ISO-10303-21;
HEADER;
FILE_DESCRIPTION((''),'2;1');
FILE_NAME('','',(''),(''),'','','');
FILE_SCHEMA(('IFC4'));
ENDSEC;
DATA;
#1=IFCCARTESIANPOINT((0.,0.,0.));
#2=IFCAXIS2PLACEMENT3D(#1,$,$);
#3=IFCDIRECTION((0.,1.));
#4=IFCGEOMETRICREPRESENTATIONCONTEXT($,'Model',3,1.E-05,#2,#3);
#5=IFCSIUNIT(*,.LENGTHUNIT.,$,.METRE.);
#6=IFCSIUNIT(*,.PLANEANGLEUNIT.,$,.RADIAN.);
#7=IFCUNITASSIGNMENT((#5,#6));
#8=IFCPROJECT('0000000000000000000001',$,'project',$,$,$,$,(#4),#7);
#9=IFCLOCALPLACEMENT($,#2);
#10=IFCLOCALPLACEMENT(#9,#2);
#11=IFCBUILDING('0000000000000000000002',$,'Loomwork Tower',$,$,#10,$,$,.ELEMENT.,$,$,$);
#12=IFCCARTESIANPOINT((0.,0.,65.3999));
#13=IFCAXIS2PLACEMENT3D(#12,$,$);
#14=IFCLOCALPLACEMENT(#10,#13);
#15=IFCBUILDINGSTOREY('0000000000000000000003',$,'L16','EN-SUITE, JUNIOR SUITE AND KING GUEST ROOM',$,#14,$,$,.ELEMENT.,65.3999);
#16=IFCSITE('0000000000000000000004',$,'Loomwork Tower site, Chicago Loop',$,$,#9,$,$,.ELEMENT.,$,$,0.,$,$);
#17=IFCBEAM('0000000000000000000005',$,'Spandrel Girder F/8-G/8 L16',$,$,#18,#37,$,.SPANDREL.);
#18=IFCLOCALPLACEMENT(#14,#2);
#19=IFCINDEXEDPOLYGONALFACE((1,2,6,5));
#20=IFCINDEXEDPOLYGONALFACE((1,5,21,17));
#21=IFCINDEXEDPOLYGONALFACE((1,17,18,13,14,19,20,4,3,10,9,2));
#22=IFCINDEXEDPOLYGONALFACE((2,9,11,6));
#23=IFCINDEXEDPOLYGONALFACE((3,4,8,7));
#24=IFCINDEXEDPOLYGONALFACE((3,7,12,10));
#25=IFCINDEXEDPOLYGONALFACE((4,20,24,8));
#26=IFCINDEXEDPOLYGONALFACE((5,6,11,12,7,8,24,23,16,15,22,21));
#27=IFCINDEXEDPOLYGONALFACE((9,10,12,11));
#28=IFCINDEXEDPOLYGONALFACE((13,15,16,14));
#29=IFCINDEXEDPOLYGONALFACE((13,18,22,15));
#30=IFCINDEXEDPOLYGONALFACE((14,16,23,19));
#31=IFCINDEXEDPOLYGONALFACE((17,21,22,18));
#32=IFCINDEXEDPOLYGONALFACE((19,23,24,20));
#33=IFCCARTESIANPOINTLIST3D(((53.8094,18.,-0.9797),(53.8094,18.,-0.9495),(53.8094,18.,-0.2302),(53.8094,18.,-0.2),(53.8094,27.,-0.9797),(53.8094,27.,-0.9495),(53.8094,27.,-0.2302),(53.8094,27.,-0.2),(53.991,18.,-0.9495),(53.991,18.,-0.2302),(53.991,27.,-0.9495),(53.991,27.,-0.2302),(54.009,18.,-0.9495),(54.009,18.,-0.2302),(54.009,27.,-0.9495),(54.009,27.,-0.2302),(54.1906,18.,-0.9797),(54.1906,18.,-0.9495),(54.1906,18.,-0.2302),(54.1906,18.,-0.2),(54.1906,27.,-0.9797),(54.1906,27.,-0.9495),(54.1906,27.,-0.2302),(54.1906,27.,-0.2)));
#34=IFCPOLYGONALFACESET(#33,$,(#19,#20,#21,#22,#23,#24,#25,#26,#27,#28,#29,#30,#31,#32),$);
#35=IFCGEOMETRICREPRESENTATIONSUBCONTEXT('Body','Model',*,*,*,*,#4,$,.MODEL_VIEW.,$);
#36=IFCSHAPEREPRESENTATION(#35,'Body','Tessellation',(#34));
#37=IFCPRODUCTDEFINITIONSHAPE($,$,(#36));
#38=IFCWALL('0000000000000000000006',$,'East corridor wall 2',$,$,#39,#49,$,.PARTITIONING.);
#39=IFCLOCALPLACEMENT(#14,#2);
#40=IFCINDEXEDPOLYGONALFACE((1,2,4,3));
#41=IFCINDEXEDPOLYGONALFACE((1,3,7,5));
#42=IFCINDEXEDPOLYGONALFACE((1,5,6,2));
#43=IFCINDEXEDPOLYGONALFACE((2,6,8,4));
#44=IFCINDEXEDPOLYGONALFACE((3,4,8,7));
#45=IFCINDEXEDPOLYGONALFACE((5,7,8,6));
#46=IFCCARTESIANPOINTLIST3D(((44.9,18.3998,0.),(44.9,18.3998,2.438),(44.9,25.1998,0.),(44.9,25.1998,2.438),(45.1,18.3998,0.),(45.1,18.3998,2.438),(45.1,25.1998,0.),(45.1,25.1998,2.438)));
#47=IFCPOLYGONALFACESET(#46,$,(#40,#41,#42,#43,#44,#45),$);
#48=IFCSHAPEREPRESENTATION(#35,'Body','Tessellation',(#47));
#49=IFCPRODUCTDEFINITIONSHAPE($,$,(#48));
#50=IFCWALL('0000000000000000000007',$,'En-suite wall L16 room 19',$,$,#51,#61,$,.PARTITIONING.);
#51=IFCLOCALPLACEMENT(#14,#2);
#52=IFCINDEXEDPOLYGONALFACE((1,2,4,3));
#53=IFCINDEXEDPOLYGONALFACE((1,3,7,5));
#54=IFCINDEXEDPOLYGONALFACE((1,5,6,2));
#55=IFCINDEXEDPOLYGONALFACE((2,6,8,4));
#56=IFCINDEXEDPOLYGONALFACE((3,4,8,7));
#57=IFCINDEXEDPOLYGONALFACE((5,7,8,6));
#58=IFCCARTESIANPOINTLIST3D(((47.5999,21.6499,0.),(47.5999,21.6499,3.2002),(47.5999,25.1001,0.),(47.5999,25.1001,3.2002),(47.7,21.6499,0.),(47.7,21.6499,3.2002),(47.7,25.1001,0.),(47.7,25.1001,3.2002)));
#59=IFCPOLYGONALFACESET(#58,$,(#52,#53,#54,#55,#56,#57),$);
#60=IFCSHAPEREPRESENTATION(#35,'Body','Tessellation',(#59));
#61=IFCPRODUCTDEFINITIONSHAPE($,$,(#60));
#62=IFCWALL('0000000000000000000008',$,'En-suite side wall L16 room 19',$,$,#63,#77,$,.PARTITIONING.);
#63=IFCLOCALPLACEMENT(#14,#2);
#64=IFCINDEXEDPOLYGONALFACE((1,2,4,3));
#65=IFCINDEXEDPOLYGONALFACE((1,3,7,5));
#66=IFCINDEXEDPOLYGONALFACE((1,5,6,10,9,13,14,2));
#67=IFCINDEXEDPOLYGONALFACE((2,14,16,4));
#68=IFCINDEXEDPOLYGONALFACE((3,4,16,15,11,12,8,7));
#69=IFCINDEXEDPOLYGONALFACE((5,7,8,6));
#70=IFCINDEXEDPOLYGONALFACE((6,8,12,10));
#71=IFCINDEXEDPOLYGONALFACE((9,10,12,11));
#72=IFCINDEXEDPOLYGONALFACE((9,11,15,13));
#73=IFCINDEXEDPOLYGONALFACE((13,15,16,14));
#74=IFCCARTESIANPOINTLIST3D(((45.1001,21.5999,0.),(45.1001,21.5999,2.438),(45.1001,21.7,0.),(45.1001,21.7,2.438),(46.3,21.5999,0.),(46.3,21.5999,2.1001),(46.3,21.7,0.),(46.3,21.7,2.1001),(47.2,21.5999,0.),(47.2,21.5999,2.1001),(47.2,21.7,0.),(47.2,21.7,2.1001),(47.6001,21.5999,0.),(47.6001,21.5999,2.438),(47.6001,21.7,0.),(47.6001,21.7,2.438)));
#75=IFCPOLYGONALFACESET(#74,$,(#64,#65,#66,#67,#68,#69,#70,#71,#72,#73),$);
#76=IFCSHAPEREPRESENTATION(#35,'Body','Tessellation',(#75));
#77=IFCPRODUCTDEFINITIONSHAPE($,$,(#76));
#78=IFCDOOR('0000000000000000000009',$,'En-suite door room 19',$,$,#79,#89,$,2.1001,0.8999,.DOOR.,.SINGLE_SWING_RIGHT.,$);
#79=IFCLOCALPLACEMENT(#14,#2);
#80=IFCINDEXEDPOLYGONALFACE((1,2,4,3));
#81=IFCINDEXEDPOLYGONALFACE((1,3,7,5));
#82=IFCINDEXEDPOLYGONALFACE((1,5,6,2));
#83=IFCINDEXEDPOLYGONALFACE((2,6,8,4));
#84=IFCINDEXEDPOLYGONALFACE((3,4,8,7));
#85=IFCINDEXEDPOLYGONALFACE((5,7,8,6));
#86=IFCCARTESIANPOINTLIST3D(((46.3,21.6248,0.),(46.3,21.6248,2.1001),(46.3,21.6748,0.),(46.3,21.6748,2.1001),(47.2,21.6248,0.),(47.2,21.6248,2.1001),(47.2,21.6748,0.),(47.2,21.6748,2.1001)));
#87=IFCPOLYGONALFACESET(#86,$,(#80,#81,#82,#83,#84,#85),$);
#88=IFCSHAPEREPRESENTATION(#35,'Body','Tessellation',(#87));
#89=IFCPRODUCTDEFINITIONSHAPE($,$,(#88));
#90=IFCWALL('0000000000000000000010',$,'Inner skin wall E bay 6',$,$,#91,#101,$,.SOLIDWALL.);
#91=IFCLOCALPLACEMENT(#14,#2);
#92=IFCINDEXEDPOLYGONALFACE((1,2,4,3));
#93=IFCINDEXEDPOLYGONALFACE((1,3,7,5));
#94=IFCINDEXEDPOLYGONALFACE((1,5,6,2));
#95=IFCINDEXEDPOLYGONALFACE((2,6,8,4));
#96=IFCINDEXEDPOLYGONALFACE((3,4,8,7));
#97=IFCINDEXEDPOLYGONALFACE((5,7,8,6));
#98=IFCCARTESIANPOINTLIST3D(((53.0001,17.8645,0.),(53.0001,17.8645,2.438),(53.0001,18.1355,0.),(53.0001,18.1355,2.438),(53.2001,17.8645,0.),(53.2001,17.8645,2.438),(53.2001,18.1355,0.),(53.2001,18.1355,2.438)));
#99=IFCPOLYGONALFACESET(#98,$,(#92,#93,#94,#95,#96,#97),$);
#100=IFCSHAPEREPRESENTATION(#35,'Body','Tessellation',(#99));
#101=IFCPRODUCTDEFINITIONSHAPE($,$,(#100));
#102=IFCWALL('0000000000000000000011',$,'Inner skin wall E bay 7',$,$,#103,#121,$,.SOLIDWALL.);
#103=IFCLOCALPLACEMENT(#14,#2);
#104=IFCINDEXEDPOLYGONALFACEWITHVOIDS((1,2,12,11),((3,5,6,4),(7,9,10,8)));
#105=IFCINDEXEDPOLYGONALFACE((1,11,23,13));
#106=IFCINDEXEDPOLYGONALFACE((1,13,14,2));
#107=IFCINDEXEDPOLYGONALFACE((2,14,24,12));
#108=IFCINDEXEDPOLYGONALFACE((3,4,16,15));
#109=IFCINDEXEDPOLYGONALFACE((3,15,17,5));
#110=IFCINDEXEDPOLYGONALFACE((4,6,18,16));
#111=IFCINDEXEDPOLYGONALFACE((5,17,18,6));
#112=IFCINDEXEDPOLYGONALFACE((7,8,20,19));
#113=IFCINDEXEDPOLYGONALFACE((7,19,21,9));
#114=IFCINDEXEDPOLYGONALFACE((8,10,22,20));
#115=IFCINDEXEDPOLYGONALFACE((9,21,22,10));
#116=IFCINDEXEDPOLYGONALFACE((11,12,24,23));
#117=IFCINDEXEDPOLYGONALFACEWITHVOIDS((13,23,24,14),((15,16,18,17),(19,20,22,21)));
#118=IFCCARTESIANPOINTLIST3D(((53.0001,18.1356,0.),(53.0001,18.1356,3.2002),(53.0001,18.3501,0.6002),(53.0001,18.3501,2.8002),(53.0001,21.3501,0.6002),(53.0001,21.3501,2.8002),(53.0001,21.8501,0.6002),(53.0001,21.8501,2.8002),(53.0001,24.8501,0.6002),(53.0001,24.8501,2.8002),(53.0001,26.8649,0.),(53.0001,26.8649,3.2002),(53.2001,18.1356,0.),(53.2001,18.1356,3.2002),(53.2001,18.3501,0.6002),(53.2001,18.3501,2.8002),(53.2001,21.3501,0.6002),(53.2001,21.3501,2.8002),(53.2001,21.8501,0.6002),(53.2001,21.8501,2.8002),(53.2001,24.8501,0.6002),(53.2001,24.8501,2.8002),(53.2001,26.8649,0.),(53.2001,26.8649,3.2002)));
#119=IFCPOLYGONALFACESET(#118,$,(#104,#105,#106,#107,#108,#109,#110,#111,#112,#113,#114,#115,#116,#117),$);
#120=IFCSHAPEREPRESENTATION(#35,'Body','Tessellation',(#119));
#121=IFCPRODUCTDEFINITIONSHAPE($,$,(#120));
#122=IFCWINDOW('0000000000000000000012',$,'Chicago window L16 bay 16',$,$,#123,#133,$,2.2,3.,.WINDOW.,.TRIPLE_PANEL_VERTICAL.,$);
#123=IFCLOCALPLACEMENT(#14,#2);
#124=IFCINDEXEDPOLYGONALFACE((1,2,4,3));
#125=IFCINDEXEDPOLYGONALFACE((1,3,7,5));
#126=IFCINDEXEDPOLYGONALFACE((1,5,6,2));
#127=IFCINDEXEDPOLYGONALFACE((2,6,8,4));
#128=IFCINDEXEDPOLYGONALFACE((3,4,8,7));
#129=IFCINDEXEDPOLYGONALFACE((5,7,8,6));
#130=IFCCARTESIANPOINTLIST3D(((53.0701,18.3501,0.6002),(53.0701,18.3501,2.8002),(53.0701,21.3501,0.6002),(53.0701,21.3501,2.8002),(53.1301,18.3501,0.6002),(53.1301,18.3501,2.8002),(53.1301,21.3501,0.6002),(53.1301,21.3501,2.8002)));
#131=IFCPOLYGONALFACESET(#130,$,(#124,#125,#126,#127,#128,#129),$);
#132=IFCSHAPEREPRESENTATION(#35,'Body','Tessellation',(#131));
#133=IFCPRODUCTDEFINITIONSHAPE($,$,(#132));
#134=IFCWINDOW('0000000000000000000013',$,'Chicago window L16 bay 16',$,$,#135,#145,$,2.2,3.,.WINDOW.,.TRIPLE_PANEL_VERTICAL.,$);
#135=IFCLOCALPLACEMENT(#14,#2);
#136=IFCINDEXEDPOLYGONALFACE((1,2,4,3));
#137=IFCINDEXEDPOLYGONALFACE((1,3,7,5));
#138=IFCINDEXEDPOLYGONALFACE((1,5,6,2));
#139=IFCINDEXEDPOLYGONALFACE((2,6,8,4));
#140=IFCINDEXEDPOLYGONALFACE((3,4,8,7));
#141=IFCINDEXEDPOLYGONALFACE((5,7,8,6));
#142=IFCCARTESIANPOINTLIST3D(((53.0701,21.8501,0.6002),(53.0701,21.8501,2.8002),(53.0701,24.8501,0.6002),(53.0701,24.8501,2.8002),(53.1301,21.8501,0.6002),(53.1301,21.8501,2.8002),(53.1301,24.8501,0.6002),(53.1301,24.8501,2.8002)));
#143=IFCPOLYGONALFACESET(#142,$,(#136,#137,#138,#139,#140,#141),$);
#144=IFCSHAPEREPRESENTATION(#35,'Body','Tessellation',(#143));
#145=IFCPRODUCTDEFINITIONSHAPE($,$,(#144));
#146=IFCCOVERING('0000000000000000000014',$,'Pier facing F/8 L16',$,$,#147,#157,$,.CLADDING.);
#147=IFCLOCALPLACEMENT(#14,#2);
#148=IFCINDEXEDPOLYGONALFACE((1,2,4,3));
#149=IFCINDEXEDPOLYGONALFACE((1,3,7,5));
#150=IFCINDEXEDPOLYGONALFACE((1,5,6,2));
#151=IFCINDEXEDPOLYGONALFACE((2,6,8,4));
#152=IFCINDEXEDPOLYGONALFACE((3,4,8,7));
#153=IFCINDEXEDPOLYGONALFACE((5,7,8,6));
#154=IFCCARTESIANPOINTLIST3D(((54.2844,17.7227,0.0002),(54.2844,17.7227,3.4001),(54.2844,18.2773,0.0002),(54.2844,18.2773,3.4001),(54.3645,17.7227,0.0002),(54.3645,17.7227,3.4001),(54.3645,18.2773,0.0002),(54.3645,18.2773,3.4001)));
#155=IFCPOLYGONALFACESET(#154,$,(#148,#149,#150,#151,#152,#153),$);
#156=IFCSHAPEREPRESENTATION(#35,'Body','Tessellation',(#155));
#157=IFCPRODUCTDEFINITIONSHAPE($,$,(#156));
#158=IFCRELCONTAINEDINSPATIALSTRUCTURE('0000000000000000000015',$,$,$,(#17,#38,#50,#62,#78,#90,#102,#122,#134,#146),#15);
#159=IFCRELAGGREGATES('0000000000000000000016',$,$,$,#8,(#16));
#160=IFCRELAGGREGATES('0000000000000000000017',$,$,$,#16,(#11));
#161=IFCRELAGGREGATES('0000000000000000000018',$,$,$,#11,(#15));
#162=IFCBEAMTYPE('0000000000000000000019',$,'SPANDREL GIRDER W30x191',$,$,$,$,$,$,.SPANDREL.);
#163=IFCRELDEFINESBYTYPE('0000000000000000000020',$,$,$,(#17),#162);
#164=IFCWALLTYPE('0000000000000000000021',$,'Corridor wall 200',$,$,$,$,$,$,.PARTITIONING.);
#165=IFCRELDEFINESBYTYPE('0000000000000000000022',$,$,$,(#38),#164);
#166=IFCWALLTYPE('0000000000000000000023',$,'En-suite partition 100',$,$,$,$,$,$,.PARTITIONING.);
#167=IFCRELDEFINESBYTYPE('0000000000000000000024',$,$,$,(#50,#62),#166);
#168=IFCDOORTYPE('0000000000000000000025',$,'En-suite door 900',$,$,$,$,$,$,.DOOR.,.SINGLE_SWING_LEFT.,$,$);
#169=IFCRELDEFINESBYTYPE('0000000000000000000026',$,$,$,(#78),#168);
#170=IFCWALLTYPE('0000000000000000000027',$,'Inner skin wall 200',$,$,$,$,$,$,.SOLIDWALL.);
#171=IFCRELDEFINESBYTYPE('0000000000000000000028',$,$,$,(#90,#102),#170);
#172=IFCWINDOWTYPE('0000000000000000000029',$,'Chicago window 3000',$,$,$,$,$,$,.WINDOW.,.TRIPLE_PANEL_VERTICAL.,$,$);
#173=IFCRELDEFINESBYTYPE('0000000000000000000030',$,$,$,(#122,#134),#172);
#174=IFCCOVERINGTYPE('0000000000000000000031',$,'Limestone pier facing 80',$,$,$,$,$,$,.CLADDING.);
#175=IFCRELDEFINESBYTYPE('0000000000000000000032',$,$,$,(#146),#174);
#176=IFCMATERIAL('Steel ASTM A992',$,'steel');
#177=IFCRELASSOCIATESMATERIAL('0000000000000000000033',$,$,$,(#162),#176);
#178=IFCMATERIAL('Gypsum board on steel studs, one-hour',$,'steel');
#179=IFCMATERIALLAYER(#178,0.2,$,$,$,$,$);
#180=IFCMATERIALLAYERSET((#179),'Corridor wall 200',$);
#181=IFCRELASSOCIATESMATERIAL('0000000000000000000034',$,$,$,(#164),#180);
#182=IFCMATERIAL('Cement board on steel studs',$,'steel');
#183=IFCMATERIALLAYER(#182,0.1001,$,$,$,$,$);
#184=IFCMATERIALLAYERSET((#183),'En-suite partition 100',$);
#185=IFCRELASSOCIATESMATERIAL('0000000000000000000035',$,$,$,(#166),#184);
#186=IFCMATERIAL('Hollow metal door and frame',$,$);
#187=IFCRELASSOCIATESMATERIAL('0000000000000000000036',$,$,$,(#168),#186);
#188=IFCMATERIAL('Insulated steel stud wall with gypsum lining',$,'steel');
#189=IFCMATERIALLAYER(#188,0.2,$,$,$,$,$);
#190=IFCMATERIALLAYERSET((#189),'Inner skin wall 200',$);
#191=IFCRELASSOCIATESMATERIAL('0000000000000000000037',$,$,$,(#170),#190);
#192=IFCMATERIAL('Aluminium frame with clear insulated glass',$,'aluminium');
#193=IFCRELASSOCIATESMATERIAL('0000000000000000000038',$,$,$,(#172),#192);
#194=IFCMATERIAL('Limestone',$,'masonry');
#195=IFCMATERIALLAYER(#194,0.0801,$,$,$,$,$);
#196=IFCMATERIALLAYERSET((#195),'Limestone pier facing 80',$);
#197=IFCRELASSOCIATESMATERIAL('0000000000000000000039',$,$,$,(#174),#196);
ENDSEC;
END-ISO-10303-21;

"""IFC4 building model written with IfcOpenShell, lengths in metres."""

from ifc_helpers import new_model, si_unit, direction, frame, frame_2d, origin, origin_2d, place, context, subcontext, project, spatial, rectangle, i_section, extrude, material, layer, layer_set, material_profile, profile_set, type_object, element, fill, save


model = new_model("IFC4")

# Units and contexts
model_context = context("Model", 3, precision=1e-05, world=origin(), true_north=direction((0.0, 1.0)))
body_context = subcontext(model_context, "Body", "Model", "MODEL_VIEW")
ifc_project = project(units=[si_unit("LENGTHUNIT", "METRE"), si_unit("PLANEANGLEUNIT", "RADIAN")], contexts=[model_context])

# Site, building, storey
site_placement = place(None, origin())
site = spatial("IfcSite", under=ifc_project, at=site_placement, Name="Loomwork Tower site, Chicago Loop", CompositionType="ELEMENT", RefElevation=0.0)
building_placement = place(site_placement, origin())
building = spatial("IfcBuilding", under=site, at=building_placement, Name="Loomwork Tower", CompositionType="ELEMENT")
storey_placement = place(building_placement, frame((0.0, 0.0, 65.3999)))
storey = spatial("IfcBuildingStorey", under=building, at=storey_placement, Name="L16", Description="EN-SUITE, JUNIOR SUITE AND KING GUEST ROOM", CompositionType="ELEMENT", Elevation=65.3999)

# Beam
ifc_material_1 = material(Name="Steel ASTM A992", Category="steel")
ifc_material_profile_1 = material_profile(ifc_material_1, i_section(OverallWidth=0.3811, OverallDepth=0.7798, WebThickness=0.0181, FlangeThickness=0.0303, at=origin_2d()), Name="W30x191")
ifc_profile_set_1 = profile_set([ifc_material_profile_1], Name="Steel ASTM A992")
beam_type_1 = type_object("IfcBeamType", Name="SPANDREL GIRDER W30x191", PredefinedType="SPANDREL", material=ifc_profile_set_1)
beam_1_placement = place(storey_placement, frame((54.0, 18.0, -0.5898), z_axis=(0.0, 1.0, 0.0), x_axis=(-1.0, 0.0, 0.0)))
element("IfcBeam", 1, at=beam_1_placement, inside=storey, type_object=beam_type_1, Name="Spandrel Girder F/8-G/8 L16", PredefinedType="SPANDREL", context=body_context, shape_type="SweptSolid", body=[
    extrude(i_section(OverallWidth=0.3811, OverallDepth=0.7798, WebThickness=0.0181, FlangeThickness=0.0303, at=origin_2d()), origin(), (0.0, 0.0, 1.0), 9.0),
])

# Walls
ifc_material_2 = material(Name="Gypsum board on steel studs, one-hour", Category="steel")
ifc_layer_1 = layer(ifc_material_2, 0.2)
ifc_layer_set_1 = layer_set([ifc_layer_1], Name="Corridor wall 200")
wall_type_1 = type_object("IfcWallType", Name="Corridor wall 200", PredefinedType="PARTITIONING", material=ifc_layer_set_1)
wall_1_placement = place(storey_placement, frame((45.0, 18.3999, 0.0), z_axis=(0.0, 0.0, 1.0), x_axis=(0.0, 1.0, 0.0)))
element("IfcWall", 2, at=wall_1_placement, inside=storey, type_object=wall_type_1, Name="East corridor wall 2", PredefinedType="PARTITIONING", context=body_context, shape_type="SweptSolid", body=[
    extrude(rectangle(XDim=6.8, YDim=0.2, at=frame_2d((3.3999, 0.0))), origin(), (0.0, 0.0, 1.0), 2.438),
])
ifc_material_3 = material(Name="Cement board on steel studs", Category="steel")
ifc_layer_2 = layer(ifc_material_3, 0.1001)
ifc_layer_set_2 = layer_set([ifc_layer_2], Name="En-suite partition 100")
wall_type_2 = type_object("IfcWallType", Name="En-suite partition 100", PredefinedType="PARTITIONING", material=ifc_layer_set_2)
wall_2_placement = place(storey_placement, frame((47.6499, 21.6499, 0.0), z_axis=(0.0, 0.0, 1.0), x_axis=(0.0, 1.0, 0.0)))
element("IfcWall", 3, at=wall_2_placement, inside=storey, type_object=wall_type_2, Name="En-suite wall L16 room 19", PredefinedType="PARTITIONING", context=body_context, shape_type="SweptSolid", body=[
    extrude(rectangle(XDim=3.4502, YDim=0.1001, at=frame_2d((1.7251, 0.0))), origin(), (0.0, 0.0, 1.0), 3.2002),
])

# Wall, opening, door
wall_3_placement = place(storey_placement, frame((45.1001, 21.6499, 0.0), z_axis=(0.0, 0.0, 1.0), x_axis=(1.0, 0.0, 0.0)))
wall_3 = element("IfcWall", 4, at=wall_3_placement, inside=storey, type_object=wall_type_2, Name="En-suite side wall L16 room 19", PredefinedType="PARTITIONING", context=body_context, shape_type="SweptSolid", body=[
    extrude(rectangle(XDim=2.5, YDim=0.1001, at=frame_2d((1.25, 0.0))), origin(), (0.0, 0.0, 1.0), 2.438),
])
opening_1_placement = place(wall_3_placement, frame((1.2, 0.0, 0.0)))
opening_1 = element("IfcOpeningElement", 5, at=opening_1_placement, cuts=wall_3, PredefinedType="OPENING", context=body_context, shape_type="SweptSolid", body=[
    extrude(rectangle(XDim=0.8999, YDim=2.1001, at=frame_2d((0.45, 1.05))), frame((0.0, 0.0601, 0.0), z_axis=(0.0, -1.0, 0.0), x_axis=(1.0, 0.0, 0.0)), (0.0, 0.0, 1.0), 0.1201),
])
ifc_material_4 = material(Name="Hollow metal door and frame")
door_type = type_object("IfcDoorType", Name="En-suite door 900", OperationType="SINGLE_SWING_LEFT", PredefinedType="DOOR", material=ifc_material_4)
door_placement = place(opening_1_placement, origin())
door = element("IfcDoor", 6, at=door_placement, inside=storey, type_object=door_type, Name="En-suite door room 19", OperationType="SINGLE_SWING_RIGHT", OverallHeight=2.1001, OverallWidth=0.8999, PredefinedType="DOOR", context=body_context, shape_type="SweptSolid", body=[
    extrude(rectangle(XDim=0.8999, YDim=2.1001, at=frame_2d((0.45, 1.05))), frame((0.0, 0.0249, 0.0), z_axis=(0.0, -1.0, 0.0), x_axis=(1.0, 0.0, 0.0)), (0.0, 0.0, 1.0), 0.05),
])
fill(opening_1, door)

# Wall
ifc_material_5 = material(Name="Insulated steel stud wall with gypsum lining", Category="steel")
ifc_layer_3 = layer(ifc_material_5, 0.2)
ifc_layer_set_3 = layer_set([ifc_layer_3], Name="Inner skin wall 200")
wall_type_3 = type_object("IfcWallType", Name="Inner skin wall 200", PredefinedType="SOLIDWALL", material=ifc_layer_set_3)
wall_4_placement = place(storey_placement, frame((53.1001, 17.8645, 0.0), z_axis=(0.0, 0.0, 1.0), x_axis=(0.0, 1.0, 0.0)))
element("IfcWall", 7, at=wall_4_placement, inside=storey, type_object=wall_type_3, Name="Inner skin wall E bay 6", PredefinedType="SOLIDWALL", context=body_context, shape_type="SweptSolid", body=[
    extrude(rectangle(XDim=0.271, YDim=0.2, at=frame_2d((0.1355, 0.0))), origin(), (0.0, 0.0, 1.0), 2.438),
])

# Wall, openings, windows
wall_5_placement = place(storey_placement, frame((53.1001, 18.1355, 0.0), z_axis=(0.0, 0.0, 1.0), x_axis=(0.0, 1.0, 0.0)))
wall_5 = element("IfcWall", 8, at=wall_5_placement, inside=storey, type_object=wall_type_3, Name="Inner skin wall E bay 7", PredefinedType="SOLIDWALL", context=body_context, shape_type="SweptSolid", body=[
    extrude(rectangle(XDim=8.7292, YDim=0.2, at=frame_2d((4.3647, 0.0))), origin(), (0.0, 0.0, 1.0), 3.2002),
])
opening_2_placement = place(wall_5_placement, frame((0.2146, 0.0, 0.6001)))
opening_2 = element("IfcOpeningElement", 9, at=opening_2_placement, cuts=wall_5, PredefinedType="OPENING", context=body_context, shape_type="SweptSolid", body=[
    extrude(rectangle(XDim=3.0, YDim=2.2, at=frame_2d((1.5, 1.1001))), frame((0.0, 0.1099, 0.0), z_axis=(0.0, -1.0, 0.0), x_axis=(1.0, 0.0, 0.0)), (0.0, 0.0, 1.0), 0.22),
])
opening_3_placement = place(wall_5_placement, frame((3.7146, 0.0, 0.6001)))
opening_3 = element("IfcOpeningElement", 10, at=opening_3_placement, cuts=wall_5, PredefinedType="OPENING", context=body_context, shape_type="SweptSolid", body=[
    extrude(rectangle(XDim=3.0, YDim=2.2, at=frame_2d((1.5, 1.1001))), frame((0.0, 0.1099, 0.0), z_axis=(0.0, -1.0, 0.0), x_axis=(1.0, 0.0, 0.0)), (0.0, 0.0, 1.0), 0.22),
])
ifc_material_6 = material(Name="Aluminium frame with clear insulated glass", Category="aluminium")
window_type = type_object("IfcWindowType", Name="Chicago window 3000", PartitioningType="TRIPLE_PANEL_VERTICAL", PredefinedType="WINDOW", material=ifc_material_6)
window_1_placement = place(opening_2_placement, origin())
window_1 = element("IfcWindow", 11, at=window_1_placement, inside=storey, type_object=window_type, Name="Chicago window L16 bay 16", OverallHeight=2.2, OverallWidth=3.0, PartitioningType="TRIPLE_PANEL_VERTICAL", PredefinedType="WINDOW", context=body_context, shape_type="SweptSolid", body=[
    extrude(rectangle(XDim=3.0, YDim=2.2, at=frame_2d((1.5, 1.1001))), frame((0.0, 0.03, 0.0), z_axis=(0.0, -1.0, 0.0), x_axis=(1.0, 0.0, 0.0)), (0.0, 0.0, 1.0), 0.0601),
])
fill(opening_2, window_1)
window_2_placement = place(opening_3_placement, origin())
window_2 = element("IfcWindow", 12, at=window_2_placement, inside=storey, type_object=window_type, Name="Chicago window L16 bay 16", OverallHeight=2.2, OverallWidth=3.0, PartitioningType="TRIPLE_PANEL_VERTICAL", PredefinedType="WINDOW", context=body_context, shape_type="SweptSolid", body=[
    extrude(rectangle(XDim=3.0, YDim=2.2, at=frame_2d((1.5, 1.1001))), frame((0.0, 0.03, 0.0), z_axis=(0.0, -1.0, 0.0), x_axis=(1.0, 0.0, 0.0)), (0.0, 0.0, 1.0), 0.0601),
])
fill(opening_3, window_2)

# Covering
ifc_material_7 = material(Name="Limestone", Category="masonry")
ifc_layer_4 = layer(ifc_material_7, 0.0801)
ifc_layer_set_4 = layer_set([ifc_layer_4], Name="Limestone pier facing 80")
covering_type = type_object("IfcCoveringType", Name="Limestone pier facing 80", PredefinedType="CLADDING", material=ifc_layer_set_4)
covering_placement = place(storey_placement, frame((54.3245, 18.0, 0.0002), z_axis=(0.0, 0.0, 1.0), x_axis=(1.0, 0.0, 0.0)))
element("IfcCovering", 13, at=covering_placement, inside=storey, type_object=covering_type, Name="Pier facing F/8 L16", PredefinedType="CLADDING", context=body_context, shape_type="SweptSolid", body=[
    extrude(rectangle(XDim=0.0801, YDim=0.5547, at=origin_2d()), origin(), (0.0, 0.0, 1.0), 3.3999),
])

save(model, "model.ifc")
